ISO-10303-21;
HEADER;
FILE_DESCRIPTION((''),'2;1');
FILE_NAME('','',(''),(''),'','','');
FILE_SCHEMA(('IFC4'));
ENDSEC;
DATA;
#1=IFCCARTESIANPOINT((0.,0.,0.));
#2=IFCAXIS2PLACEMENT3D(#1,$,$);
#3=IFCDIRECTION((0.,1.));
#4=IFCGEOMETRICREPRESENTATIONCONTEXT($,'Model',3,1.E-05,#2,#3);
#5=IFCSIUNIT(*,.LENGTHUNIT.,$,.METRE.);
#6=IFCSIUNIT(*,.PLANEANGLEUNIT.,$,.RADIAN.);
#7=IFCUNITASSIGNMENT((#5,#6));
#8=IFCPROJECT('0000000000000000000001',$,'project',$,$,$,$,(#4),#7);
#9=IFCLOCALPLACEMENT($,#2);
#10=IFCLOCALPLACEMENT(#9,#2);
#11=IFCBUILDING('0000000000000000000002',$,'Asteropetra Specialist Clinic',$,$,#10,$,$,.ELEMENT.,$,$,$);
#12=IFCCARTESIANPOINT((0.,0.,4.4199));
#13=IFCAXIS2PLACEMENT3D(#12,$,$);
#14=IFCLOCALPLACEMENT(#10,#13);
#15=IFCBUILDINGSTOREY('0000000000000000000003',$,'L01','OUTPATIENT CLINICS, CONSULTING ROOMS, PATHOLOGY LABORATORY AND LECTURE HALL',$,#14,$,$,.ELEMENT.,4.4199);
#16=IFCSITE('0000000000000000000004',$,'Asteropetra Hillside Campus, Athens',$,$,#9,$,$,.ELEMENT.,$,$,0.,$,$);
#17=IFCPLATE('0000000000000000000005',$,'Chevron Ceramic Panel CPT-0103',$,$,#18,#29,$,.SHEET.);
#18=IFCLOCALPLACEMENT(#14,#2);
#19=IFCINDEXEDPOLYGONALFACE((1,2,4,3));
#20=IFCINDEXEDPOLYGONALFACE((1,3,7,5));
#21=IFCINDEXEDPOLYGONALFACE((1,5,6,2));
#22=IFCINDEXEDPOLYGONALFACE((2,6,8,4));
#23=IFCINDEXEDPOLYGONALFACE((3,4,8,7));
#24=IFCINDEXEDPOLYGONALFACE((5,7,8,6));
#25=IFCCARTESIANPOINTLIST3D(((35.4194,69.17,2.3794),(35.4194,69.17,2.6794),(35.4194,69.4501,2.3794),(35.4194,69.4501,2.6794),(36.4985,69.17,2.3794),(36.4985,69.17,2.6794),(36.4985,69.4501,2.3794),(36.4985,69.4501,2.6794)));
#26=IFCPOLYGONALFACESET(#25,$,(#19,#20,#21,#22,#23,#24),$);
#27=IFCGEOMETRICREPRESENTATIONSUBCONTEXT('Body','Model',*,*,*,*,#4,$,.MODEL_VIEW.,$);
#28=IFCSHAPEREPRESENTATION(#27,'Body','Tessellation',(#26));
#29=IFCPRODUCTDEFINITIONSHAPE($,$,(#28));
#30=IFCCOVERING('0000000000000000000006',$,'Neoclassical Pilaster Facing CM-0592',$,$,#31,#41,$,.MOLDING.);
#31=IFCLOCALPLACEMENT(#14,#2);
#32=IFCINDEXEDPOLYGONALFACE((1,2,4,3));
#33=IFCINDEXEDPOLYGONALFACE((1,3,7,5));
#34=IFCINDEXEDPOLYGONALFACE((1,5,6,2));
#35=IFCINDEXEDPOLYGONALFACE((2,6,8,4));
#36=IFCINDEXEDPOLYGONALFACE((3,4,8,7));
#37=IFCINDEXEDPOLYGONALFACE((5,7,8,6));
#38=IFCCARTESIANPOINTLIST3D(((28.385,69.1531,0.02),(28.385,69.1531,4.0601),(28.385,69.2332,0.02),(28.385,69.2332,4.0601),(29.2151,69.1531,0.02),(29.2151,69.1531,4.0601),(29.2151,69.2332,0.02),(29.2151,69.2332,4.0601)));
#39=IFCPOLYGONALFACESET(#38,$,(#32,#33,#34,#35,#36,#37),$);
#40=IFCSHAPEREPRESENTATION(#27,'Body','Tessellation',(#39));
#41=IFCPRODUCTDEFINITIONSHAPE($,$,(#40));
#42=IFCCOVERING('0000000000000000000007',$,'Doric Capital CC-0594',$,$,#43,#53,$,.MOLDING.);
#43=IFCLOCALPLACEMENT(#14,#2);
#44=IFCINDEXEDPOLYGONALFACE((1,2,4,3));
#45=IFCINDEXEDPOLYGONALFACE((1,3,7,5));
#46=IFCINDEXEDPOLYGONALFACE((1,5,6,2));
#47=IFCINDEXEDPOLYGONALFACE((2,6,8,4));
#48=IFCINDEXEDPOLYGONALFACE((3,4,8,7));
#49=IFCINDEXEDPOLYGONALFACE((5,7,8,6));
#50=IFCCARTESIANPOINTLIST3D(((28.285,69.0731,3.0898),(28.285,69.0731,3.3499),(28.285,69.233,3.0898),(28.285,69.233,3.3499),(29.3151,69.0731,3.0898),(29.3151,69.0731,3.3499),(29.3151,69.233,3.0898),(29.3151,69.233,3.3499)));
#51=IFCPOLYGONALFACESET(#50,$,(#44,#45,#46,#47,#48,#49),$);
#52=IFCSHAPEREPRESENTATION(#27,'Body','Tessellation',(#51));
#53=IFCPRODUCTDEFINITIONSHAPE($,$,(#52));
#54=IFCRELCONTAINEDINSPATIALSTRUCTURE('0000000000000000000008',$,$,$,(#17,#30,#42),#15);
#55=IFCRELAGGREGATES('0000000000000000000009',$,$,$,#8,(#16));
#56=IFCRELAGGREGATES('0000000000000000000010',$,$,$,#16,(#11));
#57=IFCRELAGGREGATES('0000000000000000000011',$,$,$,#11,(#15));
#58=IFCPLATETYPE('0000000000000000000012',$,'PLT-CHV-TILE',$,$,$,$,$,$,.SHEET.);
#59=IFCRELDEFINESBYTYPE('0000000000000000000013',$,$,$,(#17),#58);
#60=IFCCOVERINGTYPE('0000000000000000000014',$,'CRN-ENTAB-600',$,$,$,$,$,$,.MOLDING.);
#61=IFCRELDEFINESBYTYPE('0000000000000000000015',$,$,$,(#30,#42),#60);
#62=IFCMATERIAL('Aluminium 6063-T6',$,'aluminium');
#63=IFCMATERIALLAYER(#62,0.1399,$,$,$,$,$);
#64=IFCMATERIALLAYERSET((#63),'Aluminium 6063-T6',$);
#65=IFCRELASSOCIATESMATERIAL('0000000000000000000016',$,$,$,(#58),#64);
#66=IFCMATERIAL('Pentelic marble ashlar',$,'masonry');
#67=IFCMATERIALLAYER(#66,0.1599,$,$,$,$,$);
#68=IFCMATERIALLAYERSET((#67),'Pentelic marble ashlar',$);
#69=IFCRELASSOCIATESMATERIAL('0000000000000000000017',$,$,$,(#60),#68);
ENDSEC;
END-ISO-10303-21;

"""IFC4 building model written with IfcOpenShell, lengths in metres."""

from ifc_helpers import new_model, si_unit, direction, frame, origin, origin_2d, place, context, subcontext, project, spatial, rectangle, extrude, material, layer, layer_set, type_object, element, save


model = new_model("IFC4")

# Units and contexts
model_context = context("Model", 3, precision=1e-05, world=origin(), true_north=direction((0.0, 1.0)))
body_context = subcontext(model_context, "Body", "Model", "MODEL_VIEW")
ifc_project = project(units=[si_unit("LENGTHUNIT", "METRE"), si_unit("PLANEANGLEUNIT", "RADIAN")], contexts=[model_context])

# Site, building, storey
site_placement = place(None, origin())
site = spatial("IfcSite", under=ifc_project, at=site_placement, Name="Asteropetra Hillside Campus, Athens", CompositionType="ELEMENT", RefElevation=0.0)
building_placement = place(site_placement, origin())
building = spatial("IfcBuilding", under=site, at=building_placement, Name="Asteropetra Specialist Clinic", CompositionType="ELEMENT")
storey_placement = place(building_placement, frame((0.0, 0.0, 4.4199)))
storey = spatial("IfcBuildingStorey", under=building, at=storey_placement, Name="L01", Description="OUTPATIENT CLINICS, CONSULTING ROOMS, PATHOLOGY LABORATORY AND LECTURE HALL", CompositionType="ELEMENT", Elevation=4.4199)

# Plate
ifc_material_1 = material(Name="Aluminium 6063-T6", Category="aluminium")
ifc_layer_1 = layer(ifc_material_1, 0.1399)
ifc_layer_set_1 = layer_set([ifc_layer_1], Name="Aluminium 6063-T6")
plate_type = type_object("IfcPlateType", Name="PLT-CHV-TILE", PredefinedType="SHEET", material=ifc_layer_set_1)
for number, where, z_axis, x_axis, name in (
    (1, (35.959, 69.3101, 2.3794), (0.0, 0.0, 1.0), (1.0, 0.0, 0.0), "Chevron Ceramic Panel CPT-0103"),
):
    element("IfcPlate", number, at=place(storey_placement, frame(where, z_axis=z_axis, x_axis=x_axis)), inside=storey, type_object=plate_type, Name=name, PredefinedType="SHEET", context=body_context, shape_type="SweptSolid", body=[
        extrude(rectangle(XDim=1.0791, YDim=0.28, at=origin_2d()), origin(), (0.0, 0.0, 1.0), 0.3),
    ])

# Coverings
ifc_material_2 = material(Name="Pentelic marble ashlar", Category="masonry")
ifc_layer_2 = layer(ifc_material_2, 0.1599)
ifc_layer_set_2 = layer_set([ifc_layer_2], Name="Pentelic marble ashlar")
covering_type = type_object("IfcCoveringType", Name="CRN-ENTAB-600", PredefinedType="MOLDING", material=ifc_layer_set_2)
covering_1_placement = place(storey_placement, frame((28.8, 69.1931, 0.02), z_axis=(0.0, 0.0, 1.0), x_axis=(1.0, 0.0, 0.0)))
element("IfcCovering", 2, at=covering_1_placement, inside=storey, type_object=covering_type, Name="Neoclassical Pilaster Facing CM-0592", PredefinedType="MOLDING", context=body_context, shape_type="SweptSolid", body=[
    extrude(rectangle(XDim=0.8301, YDim=0.0801, at=origin_2d()), origin(), (0.0, 0.0, 1.0), 4.04),
])
covering_2_placement = place(storey_placement, frame((28.8, 69.1531, 3.0898), z_axis=(0.0, 0.0, 1.0), x_axis=(1.0, 0.0, 0.0)))
element("IfcCovering", 3, at=covering_2_placement, inside=storey, type_object=covering_type, Name="Doric Capital CC-0594", PredefinedType="MOLDING", context=body_context, shape_type="SweptSolid", body=[
    extrude(rectangle(XDim=1.03, YDim=0.1599, at=origin_2d()), origin(), (0.0, 0.0, 1.0), 0.26),
])

save(model, "model.ifc")
